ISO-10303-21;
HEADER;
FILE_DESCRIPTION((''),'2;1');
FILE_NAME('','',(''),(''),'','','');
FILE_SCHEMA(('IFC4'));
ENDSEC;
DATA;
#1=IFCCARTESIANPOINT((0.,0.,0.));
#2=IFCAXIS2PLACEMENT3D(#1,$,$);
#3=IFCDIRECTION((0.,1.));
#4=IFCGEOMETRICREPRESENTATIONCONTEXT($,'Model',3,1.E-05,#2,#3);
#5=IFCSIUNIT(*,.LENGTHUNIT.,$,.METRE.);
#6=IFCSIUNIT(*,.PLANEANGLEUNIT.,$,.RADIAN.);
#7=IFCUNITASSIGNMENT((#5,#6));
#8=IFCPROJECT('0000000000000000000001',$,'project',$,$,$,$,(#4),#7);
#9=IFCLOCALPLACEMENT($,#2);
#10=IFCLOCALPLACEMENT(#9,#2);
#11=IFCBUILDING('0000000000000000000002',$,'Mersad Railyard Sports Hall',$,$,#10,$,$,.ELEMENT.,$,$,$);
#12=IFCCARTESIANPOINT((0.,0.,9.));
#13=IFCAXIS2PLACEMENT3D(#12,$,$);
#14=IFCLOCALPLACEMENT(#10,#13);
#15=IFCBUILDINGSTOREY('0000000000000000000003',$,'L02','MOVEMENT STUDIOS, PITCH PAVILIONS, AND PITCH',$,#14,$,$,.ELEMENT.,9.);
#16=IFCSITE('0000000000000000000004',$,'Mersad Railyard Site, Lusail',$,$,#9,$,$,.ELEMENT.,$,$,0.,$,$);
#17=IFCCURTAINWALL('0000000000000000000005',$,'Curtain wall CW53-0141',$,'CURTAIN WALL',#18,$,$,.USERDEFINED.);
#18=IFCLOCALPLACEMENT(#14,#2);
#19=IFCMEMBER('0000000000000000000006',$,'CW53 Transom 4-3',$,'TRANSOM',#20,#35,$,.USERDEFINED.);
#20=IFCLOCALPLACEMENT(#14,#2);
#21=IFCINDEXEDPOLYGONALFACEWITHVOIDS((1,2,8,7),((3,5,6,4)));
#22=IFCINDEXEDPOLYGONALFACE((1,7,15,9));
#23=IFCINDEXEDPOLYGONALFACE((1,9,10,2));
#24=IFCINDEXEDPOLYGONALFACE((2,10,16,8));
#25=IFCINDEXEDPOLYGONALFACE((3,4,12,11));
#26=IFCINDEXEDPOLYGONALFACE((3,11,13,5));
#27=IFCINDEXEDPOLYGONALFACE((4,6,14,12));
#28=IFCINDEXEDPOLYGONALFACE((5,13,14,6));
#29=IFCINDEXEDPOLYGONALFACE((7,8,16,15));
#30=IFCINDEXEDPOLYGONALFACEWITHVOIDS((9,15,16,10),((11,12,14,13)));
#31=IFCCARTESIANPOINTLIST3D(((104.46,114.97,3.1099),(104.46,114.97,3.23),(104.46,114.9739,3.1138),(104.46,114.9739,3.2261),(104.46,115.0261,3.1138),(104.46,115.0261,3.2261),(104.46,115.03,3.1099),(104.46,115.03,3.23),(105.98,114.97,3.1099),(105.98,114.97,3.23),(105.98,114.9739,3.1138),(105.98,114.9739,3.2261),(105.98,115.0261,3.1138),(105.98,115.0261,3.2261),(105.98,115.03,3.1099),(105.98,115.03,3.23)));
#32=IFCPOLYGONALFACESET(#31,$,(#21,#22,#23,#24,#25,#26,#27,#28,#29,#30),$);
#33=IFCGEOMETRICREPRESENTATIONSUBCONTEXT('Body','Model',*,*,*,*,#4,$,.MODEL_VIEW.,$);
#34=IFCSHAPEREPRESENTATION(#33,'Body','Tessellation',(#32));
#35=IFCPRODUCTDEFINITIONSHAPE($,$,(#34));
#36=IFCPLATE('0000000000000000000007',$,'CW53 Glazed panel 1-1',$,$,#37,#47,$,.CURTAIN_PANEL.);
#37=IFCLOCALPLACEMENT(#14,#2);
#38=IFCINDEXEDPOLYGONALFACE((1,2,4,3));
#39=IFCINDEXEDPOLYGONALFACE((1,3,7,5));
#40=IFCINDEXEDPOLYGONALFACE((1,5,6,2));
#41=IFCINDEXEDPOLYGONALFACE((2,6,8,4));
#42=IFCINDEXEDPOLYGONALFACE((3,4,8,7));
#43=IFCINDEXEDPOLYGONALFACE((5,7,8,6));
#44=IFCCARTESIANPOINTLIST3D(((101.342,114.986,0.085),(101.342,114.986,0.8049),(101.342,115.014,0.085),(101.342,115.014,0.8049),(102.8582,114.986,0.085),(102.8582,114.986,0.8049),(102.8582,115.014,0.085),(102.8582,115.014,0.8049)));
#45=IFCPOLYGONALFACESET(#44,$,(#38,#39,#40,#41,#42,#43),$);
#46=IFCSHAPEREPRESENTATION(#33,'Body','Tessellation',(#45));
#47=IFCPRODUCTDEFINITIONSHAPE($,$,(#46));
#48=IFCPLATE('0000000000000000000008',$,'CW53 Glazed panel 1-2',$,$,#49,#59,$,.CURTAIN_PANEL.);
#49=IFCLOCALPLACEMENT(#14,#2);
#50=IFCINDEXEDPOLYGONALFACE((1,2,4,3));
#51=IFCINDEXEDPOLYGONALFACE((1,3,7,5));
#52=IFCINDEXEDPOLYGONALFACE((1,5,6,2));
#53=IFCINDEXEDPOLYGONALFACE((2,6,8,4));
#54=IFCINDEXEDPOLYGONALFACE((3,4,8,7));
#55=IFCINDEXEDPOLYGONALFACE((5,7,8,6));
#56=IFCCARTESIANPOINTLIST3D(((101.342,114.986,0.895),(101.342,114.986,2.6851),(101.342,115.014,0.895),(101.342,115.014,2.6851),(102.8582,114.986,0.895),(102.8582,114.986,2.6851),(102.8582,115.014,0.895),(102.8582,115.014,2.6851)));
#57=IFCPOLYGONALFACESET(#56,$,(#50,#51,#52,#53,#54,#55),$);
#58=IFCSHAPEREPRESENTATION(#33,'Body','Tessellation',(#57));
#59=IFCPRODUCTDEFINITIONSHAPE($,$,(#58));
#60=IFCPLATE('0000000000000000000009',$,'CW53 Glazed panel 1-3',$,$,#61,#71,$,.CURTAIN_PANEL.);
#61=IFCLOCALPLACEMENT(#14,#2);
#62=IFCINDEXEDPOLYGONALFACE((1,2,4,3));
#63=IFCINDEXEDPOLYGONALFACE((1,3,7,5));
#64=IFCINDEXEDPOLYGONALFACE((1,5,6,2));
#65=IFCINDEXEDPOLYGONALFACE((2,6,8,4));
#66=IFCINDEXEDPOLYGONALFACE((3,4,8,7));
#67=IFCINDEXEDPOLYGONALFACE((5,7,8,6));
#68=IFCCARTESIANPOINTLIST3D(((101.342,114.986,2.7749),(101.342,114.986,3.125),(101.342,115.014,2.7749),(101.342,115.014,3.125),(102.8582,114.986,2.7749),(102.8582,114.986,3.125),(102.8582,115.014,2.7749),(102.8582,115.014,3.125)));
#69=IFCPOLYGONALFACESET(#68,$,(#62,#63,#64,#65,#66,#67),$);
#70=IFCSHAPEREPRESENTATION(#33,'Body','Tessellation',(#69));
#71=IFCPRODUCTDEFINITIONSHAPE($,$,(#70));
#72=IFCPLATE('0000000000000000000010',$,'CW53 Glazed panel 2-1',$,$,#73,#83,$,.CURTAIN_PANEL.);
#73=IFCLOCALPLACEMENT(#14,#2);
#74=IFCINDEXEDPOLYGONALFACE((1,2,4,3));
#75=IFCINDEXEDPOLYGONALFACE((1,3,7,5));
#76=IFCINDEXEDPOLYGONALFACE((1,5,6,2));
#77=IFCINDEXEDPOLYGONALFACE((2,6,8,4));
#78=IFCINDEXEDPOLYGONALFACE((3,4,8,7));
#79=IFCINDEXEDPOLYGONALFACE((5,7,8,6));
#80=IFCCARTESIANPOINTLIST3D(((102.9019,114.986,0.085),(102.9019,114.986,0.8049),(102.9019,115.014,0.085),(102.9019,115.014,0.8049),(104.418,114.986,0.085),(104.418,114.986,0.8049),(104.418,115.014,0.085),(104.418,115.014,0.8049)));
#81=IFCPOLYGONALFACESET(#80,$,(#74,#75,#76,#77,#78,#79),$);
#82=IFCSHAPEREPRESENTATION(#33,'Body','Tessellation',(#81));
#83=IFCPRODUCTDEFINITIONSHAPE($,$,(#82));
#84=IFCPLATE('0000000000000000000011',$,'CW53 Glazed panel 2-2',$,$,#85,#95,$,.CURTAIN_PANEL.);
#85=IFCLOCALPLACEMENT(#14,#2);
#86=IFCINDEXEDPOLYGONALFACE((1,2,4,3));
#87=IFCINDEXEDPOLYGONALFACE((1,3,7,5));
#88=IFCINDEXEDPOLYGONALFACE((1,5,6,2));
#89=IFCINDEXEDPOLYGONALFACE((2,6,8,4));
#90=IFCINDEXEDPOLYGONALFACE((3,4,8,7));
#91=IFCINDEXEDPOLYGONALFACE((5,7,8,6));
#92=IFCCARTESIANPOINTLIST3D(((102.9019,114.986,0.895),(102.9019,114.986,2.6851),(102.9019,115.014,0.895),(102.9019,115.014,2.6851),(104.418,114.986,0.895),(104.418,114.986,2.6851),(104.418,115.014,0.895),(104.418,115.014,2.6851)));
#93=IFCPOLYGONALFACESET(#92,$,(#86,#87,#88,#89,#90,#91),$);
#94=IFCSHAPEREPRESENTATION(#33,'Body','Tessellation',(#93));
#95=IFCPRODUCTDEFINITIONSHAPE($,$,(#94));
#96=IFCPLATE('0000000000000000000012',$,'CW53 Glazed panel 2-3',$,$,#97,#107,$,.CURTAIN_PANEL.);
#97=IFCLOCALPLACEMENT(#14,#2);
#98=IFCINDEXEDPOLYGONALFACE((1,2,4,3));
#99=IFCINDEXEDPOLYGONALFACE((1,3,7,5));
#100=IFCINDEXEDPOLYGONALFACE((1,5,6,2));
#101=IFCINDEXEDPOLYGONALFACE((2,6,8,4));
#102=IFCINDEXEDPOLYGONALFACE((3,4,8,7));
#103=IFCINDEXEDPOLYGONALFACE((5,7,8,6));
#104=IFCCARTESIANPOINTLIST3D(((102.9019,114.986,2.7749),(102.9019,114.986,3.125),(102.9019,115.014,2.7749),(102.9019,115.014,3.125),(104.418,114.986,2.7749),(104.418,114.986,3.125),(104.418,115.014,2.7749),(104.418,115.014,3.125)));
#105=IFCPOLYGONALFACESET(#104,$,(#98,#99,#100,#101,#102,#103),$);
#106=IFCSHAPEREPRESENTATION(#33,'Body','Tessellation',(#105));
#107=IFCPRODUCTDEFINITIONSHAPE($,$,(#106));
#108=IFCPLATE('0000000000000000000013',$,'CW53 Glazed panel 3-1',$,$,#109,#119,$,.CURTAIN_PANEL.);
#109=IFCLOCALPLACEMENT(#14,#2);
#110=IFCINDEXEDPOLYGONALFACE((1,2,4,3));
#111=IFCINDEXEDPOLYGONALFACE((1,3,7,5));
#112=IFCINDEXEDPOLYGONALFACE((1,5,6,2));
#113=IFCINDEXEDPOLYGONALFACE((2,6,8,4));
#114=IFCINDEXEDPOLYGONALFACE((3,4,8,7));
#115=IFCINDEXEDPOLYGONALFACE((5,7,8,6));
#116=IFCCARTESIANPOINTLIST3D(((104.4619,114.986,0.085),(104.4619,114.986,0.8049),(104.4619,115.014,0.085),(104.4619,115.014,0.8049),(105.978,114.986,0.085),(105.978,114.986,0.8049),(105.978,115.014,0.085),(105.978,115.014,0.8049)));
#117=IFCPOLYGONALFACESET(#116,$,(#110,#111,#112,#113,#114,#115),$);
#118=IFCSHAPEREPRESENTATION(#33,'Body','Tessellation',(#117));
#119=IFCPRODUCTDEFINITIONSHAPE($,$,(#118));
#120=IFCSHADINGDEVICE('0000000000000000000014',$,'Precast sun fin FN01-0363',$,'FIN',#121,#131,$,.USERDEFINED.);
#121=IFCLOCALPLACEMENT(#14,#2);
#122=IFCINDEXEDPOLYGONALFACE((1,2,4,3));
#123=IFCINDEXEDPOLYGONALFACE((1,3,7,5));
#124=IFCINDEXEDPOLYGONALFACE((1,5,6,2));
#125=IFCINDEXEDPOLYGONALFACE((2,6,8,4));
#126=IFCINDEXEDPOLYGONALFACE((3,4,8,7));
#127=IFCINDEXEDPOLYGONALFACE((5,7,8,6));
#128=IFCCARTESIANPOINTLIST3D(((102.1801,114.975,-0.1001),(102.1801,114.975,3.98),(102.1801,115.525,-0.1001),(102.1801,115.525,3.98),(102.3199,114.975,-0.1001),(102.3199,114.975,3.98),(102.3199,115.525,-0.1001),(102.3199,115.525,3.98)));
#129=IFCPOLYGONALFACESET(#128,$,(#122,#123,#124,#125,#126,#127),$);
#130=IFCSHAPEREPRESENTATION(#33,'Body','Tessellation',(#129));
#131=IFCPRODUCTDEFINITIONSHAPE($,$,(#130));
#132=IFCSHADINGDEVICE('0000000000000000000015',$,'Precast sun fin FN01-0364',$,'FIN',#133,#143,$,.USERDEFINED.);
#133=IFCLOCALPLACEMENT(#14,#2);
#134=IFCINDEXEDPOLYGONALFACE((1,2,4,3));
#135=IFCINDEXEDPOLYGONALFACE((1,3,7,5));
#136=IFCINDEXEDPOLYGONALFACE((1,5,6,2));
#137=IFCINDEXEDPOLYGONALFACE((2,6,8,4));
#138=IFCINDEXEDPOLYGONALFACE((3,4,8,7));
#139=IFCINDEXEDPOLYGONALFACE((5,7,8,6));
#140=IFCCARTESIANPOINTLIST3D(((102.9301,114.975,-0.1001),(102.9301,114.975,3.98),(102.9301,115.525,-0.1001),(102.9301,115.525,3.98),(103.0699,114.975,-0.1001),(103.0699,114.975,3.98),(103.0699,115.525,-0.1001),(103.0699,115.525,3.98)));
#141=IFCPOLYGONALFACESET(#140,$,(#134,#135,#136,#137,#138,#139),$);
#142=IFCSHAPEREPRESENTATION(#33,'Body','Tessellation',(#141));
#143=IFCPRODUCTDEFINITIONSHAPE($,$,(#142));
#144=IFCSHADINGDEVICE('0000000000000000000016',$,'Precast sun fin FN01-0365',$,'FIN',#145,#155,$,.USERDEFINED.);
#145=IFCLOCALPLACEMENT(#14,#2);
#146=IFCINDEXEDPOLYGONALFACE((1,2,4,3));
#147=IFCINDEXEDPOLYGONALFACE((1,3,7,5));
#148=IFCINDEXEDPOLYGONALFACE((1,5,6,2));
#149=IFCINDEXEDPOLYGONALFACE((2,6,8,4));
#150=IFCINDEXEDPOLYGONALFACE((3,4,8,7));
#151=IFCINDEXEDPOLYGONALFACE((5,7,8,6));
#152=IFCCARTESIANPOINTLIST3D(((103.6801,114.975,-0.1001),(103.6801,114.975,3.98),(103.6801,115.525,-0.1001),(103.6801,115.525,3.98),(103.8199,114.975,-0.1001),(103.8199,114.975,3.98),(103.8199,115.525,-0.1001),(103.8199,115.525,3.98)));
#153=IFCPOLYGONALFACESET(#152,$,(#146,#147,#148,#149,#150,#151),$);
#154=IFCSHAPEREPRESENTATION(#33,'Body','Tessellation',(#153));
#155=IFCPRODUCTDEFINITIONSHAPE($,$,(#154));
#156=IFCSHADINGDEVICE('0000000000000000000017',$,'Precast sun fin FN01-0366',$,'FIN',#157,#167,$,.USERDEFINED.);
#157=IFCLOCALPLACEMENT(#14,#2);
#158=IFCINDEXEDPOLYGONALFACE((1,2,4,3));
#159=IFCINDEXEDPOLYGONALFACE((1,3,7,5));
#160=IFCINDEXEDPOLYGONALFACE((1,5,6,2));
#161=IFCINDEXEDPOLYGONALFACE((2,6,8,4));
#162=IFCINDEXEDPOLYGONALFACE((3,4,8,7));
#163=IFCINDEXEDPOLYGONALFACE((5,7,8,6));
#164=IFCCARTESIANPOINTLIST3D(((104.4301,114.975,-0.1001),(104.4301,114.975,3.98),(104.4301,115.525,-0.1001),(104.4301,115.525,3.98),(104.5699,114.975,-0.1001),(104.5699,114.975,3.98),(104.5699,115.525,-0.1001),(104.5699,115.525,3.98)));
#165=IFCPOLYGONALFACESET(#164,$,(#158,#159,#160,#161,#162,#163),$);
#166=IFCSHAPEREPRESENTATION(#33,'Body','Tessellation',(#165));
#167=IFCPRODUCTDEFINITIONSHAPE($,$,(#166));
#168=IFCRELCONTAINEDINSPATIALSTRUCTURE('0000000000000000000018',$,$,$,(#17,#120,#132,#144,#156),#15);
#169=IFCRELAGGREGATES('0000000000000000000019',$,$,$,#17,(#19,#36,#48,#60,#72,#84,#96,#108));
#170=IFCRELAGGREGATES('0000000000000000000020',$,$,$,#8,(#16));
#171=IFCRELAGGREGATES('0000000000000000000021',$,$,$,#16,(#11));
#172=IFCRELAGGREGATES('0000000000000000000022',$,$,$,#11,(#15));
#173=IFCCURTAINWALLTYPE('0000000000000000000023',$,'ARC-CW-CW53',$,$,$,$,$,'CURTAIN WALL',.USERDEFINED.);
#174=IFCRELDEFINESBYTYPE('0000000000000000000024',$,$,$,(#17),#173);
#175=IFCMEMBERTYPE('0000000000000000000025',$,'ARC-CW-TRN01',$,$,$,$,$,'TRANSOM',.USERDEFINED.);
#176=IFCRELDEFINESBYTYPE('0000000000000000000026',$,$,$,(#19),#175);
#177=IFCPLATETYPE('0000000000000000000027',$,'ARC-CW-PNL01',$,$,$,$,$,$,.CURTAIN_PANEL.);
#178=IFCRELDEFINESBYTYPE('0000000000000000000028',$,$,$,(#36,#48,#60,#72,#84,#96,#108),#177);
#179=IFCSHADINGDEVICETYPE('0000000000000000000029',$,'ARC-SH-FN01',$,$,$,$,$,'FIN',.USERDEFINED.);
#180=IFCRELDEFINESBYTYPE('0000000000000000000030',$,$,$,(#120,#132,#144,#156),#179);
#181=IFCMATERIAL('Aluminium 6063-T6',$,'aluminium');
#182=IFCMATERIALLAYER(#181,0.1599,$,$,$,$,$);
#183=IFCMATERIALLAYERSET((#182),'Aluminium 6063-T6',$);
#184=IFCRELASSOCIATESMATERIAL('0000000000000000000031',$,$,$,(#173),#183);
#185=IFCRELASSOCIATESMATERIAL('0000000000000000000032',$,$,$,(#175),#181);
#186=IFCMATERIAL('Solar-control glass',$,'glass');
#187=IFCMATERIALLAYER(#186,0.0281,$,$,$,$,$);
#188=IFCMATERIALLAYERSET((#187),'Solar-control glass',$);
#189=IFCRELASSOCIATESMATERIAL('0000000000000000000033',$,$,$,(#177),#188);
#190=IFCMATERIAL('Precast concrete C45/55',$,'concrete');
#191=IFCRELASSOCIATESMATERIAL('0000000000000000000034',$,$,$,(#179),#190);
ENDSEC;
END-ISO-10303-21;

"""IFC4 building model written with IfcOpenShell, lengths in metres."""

from ifc_helpers import new_model, si_unit, direction, frame, origin, origin_2d, place, context, subcontext, project, spatial, rectangle, hollow_rectangle, extrude, material, layer, layer_set, material_profile, profile_set, type_object, element, aggregate, save


model = new_model("IFC4")

# Units and contexts
model_context = context("Model", 3, precision=1e-05, world=origin(), true_north=direction((0.0, 1.0)))
body_context = subcontext(model_context, "Body", "Model", "MODEL_VIEW")
ifc_project = project(units=[si_unit("LENGTHUNIT", "METRE"), si_unit("PLANEANGLEUNIT", "RADIAN")], contexts=[model_context])

# Site, building, storey
site_placement = place(None, origin())
site = spatial("IfcSite", under=ifc_project, at=site_placement, Name="Mersad Railyard Site, Lusail", CompositionType="ELEMENT", RefElevation=0.0)
building_placement = place(site_placement, origin())
building = spatial("IfcBuilding", under=site, at=building_placement, Name="Mersad Railyard Sports Hall", CompositionType="ELEMENT")
storey_placement = place(building_placement, frame((0.0, 0.0, 9.0)))
storey = spatial("IfcBuildingStorey", under=building, at=storey_placement, Name="L02", Description="MOVEMENT STUDIOS, PITCH PAVILIONS, AND PITCH", CompositionType="ELEMENT", Elevation=9.0)

# Curtain wall, member, plates
ifc_material_1 = material(Name="Aluminium 6063-T6", Category="aluminium")
ifc_layer_1 = layer(ifc_material_1, 0.1599)
ifc_layer_set_1 = layer_set([ifc_layer_1], Name="Aluminium 6063-T6")
curtain_wall_type = type_object("IfcCurtainWallType", Name="ARC-CW-CW53", ElementType="CURTAIN WALL", PredefinedType="USERDEFINED", material=ifc_layer_set_1)
curtain_wall_placement = place(storey_placement, origin())
curtain_wall = element("IfcCurtainWall", 1, at=curtain_wall_placement, inside=storey, type_object=curtain_wall_type, Name="Curtain wall CW53-0141", ObjectType="CURTAIN WALL", PredefinedType="USERDEFINED")
ifc_material_profile_1 = material_profile(ifc_material_1, hollow_rectangle(XDim=0.0601, YDim=0.1201, WallThickness=0.0039, at=origin_2d()), Name="AL TRANSOM 60x120x4")
ifc_profile_set_1 = profile_set([ifc_material_profile_1], Name="Aluminium 6063-T6")
member_type_1 = type_object("IfcMemberType", Name="ARC-CW-TRN01", ElementType="TRANSOM", PredefinedType="USERDEFINED", material=ifc_profile_set_1)
member_1_placement = place(storey_placement, frame((104.46, 115.0, 3.1699), z_axis=(1.0, 0.0, 0.0), x_axis=(0.0, 1.0, 0.0)))
member_1 = element("IfcMember", 2, at=member_1_placement, type_object=member_type_1, Name="CW53 Transom 4-3", ObjectType="TRANSOM", PredefinedType="USERDEFINED", context=body_context, shape_type="SweptSolid", body=[
    extrude(hollow_rectangle(XDim=0.0601, YDim=0.1201, WallThickness=0.0039, at=origin_2d()), origin(), (0.0, 0.0, 1.0), 1.52),
])
ifc_material_2 = material(Name="Solar-control glass", Category="glass")
ifc_layer_2 = layer(ifc_material_2, 0.0281)
ifc_layer_set_2 = layer_set([ifc_layer_2], Name="Solar-control glass")
plate_type = type_object("IfcPlateType", Name="ARC-CW-PNL01", PredefinedType="CURTAIN_PANEL", material=ifc_layer_set_2)
plate_1_placement = place(storey_placement, frame((102.1001, 115.0, 0.085), z_axis=(0.0, 0.0, 1.0), x_axis=(1.0, 0.0, 0.0)))
plate_1 = element("IfcPlate", 3, at=plate_1_placement, type_object=plate_type, Name="CW53 Glazed panel 1-1", PredefinedType="CURTAIN_PANEL", context=body_context, shape_type="SweptSolid", body=[
    extrude(rectangle(XDim=1.5161, YDim=0.0281, at=origin_2d()), origin(), (0.0, 0.0, 1.0), 0.72),
])
plate_2_placement = place(storey_placement, frame((102.1001, 115.0, 0.895), z_axis=(0.0, 0.0, 1.0), x_axis=(1.0, 0.0, 0.0)))
plate_2 = element("IfcPlate", 4, at=plate_2_placement, type_object=plate_type, Name="CW53 Glazed panel 1-2", PredefinedType="CURTAIN_PANEL", context=body_context, shape_type="SweptSolid", body=[
    extrude(rectangle(XDim=1.5161, YDim=0.0281, at=origin_2d()), origin(), (0.0, 0.0, 1.0), 1.79),
])
plate_3_placement = place(storey_placement, frame((102.1001, 115.0, 2.7749), z_axis=(0.0, 0.0, 1.0), x_axis=(1.0, 0.0, 0.0)))
plate_3 = element("IfcPlate", 5, at=plate_3_placement, type_object=plate_type, Name="CW53 Glazed panel 1-3", PredefinedType="CURTAIN_PANEL", context=body_context, shape_type="SweptSolid", body=[
    extrude(rectangle(XDim=1.5161, YDim=0.0281, at=origin_2d()), origin(), (0.0, 0.0, 1.0), 0.3501),
])
plate_4_placement = place(storey_placement, frame((103.6599, 115.0, 0.085), z_axis=(0.0, 0.0, 1.0), x_axis=(1.0, 0.0, 0.0)))
plate_4 = element("IfcPlate", 6, at=plate_4_placement, type_object=plate_type, Name="CW53 Glazed panel 2-1", PredefinedType="CURTAIN_PANEL", context=body_context, shape_type="SweptSolid", body=[
    extrude(rectangle(XDim=1.5161, YDim=0.0281, at=origin_2d()), origin(), (0.0, 0.0, 1.0), 0.72),
])
plate_5_placement = place(storey_placement, frame((103.6599, 115.0, 0.895), z_axis=(0.0, 0.0, 1.0), x_axis=(1.0, 0.0, 0.0)))
plate_5 = element("IfcPlate", 7, at=plate_5_placement, type_object=plate_type, Name="CW53 Glazed panel 2-2", PredefinedType="CURTAIN_PANEL", context=body_context, shape_type="SweptSolid", body=[
    extrude(rectangle(XDim=1.5161, YDim=0.0281, at=origin_2d()), origin(), (0.0, 0.0, 1.0), 1.79),
])
plate_6_placement = place(storey_placement, frame((103.6599, 115.0, 2.7749), z_axis=(0.0, 0.0, 1.0), x_axis=(1.0, 0.0, 0.0)))
plate_6 = element("IfcPlate", 8, at=plate_6_placement, type_object=plate_type, Name="CW53 Glazed panel 2-3", PredefinedType="CURTAIN_PANEL", context=body_context, shape_type="SweptSolid", body=[
    extrude(rectangle(XDim=1.5161, YDim=0.0281, at=origin_2d()), origin(), (0.0, 0.0, 1.0), 0.3501),
])
plate_7_placement = place(storey_placement, frame((105.22, 115.0, 0.085), z_axis=(0.0, 0.0, 1.0), x_axis=(1.0, 0.0, 0.0)))
plate_7 = element("IfcPlate", 9, at=plate_7_placement, type_object=plate_type, Name="CW53 Glazed panel 3-1", PredefinedType="CURTAIN_PANEL", context=body_context, shape_type="SweptSolid", body=[
    extrude(rectangle(XDim=1.5161, YDim=0.0281, at=origin_2d()), origin(), (0.0, 0.0, 1.0), 0.72),
])
aggregate(curtain_wall, [member_1, plate_1, plate_2, plate_3, plate_4, plate_5, plate_6, plate_7])

# Shading devices
ifc_material_3 = material(Name="Precast concrete C45/55", Category="concrete")
shading_device_type = type_object("IfcShadingDeviceType", Name="ARC-SH-FN01", ElementType="FIN", PredefinedType="USERDEFINED", material=ifc_material_3)
for number, where, z_axis, x_axis, name in (
    (10, (102.25, 115.25, -0.1001), (0.0, 0.0, 1.0), (1.0, 0.0, 0.0), "Precast sun fin FN01-0363"),
    (11, (103.0, 115.25, -0.1001), (0.0, 0.0, 1.0), (1.0, 0.0, 0.0), "Precast sun fin FN01-0364"),
    (12, (103.75, 115.25, -0.1001), (0.0, 0.0, 1.0), (1.0, 0.0, 0.0), "Precast sun fin FN01-0365"),
    (13, (104.5, 115.25, -0.1001), (0.0, 0.0, 1.0), (1.0, 0.0, 0.0), "Precast sun fin FN01-0366"),
):
    element("IfcShadingDevice", number, at=place(storey_placement, frame(where, z_axis=z_axis, x_axis=x_axis)), inside=storey, type_object=shading_device_type, Name=name, ObjectType="FIN", PredefinedType="USERDEFINED", context=body_context, shape_type="SweptSolid", body=[
        extrude(rectangle(XDim=0.1399, YDim=0.55, at=origin_2d()), origin(), (0.0, 0.0, 1.0), 4.0801),
    ])

save(model, "model.ifc")
